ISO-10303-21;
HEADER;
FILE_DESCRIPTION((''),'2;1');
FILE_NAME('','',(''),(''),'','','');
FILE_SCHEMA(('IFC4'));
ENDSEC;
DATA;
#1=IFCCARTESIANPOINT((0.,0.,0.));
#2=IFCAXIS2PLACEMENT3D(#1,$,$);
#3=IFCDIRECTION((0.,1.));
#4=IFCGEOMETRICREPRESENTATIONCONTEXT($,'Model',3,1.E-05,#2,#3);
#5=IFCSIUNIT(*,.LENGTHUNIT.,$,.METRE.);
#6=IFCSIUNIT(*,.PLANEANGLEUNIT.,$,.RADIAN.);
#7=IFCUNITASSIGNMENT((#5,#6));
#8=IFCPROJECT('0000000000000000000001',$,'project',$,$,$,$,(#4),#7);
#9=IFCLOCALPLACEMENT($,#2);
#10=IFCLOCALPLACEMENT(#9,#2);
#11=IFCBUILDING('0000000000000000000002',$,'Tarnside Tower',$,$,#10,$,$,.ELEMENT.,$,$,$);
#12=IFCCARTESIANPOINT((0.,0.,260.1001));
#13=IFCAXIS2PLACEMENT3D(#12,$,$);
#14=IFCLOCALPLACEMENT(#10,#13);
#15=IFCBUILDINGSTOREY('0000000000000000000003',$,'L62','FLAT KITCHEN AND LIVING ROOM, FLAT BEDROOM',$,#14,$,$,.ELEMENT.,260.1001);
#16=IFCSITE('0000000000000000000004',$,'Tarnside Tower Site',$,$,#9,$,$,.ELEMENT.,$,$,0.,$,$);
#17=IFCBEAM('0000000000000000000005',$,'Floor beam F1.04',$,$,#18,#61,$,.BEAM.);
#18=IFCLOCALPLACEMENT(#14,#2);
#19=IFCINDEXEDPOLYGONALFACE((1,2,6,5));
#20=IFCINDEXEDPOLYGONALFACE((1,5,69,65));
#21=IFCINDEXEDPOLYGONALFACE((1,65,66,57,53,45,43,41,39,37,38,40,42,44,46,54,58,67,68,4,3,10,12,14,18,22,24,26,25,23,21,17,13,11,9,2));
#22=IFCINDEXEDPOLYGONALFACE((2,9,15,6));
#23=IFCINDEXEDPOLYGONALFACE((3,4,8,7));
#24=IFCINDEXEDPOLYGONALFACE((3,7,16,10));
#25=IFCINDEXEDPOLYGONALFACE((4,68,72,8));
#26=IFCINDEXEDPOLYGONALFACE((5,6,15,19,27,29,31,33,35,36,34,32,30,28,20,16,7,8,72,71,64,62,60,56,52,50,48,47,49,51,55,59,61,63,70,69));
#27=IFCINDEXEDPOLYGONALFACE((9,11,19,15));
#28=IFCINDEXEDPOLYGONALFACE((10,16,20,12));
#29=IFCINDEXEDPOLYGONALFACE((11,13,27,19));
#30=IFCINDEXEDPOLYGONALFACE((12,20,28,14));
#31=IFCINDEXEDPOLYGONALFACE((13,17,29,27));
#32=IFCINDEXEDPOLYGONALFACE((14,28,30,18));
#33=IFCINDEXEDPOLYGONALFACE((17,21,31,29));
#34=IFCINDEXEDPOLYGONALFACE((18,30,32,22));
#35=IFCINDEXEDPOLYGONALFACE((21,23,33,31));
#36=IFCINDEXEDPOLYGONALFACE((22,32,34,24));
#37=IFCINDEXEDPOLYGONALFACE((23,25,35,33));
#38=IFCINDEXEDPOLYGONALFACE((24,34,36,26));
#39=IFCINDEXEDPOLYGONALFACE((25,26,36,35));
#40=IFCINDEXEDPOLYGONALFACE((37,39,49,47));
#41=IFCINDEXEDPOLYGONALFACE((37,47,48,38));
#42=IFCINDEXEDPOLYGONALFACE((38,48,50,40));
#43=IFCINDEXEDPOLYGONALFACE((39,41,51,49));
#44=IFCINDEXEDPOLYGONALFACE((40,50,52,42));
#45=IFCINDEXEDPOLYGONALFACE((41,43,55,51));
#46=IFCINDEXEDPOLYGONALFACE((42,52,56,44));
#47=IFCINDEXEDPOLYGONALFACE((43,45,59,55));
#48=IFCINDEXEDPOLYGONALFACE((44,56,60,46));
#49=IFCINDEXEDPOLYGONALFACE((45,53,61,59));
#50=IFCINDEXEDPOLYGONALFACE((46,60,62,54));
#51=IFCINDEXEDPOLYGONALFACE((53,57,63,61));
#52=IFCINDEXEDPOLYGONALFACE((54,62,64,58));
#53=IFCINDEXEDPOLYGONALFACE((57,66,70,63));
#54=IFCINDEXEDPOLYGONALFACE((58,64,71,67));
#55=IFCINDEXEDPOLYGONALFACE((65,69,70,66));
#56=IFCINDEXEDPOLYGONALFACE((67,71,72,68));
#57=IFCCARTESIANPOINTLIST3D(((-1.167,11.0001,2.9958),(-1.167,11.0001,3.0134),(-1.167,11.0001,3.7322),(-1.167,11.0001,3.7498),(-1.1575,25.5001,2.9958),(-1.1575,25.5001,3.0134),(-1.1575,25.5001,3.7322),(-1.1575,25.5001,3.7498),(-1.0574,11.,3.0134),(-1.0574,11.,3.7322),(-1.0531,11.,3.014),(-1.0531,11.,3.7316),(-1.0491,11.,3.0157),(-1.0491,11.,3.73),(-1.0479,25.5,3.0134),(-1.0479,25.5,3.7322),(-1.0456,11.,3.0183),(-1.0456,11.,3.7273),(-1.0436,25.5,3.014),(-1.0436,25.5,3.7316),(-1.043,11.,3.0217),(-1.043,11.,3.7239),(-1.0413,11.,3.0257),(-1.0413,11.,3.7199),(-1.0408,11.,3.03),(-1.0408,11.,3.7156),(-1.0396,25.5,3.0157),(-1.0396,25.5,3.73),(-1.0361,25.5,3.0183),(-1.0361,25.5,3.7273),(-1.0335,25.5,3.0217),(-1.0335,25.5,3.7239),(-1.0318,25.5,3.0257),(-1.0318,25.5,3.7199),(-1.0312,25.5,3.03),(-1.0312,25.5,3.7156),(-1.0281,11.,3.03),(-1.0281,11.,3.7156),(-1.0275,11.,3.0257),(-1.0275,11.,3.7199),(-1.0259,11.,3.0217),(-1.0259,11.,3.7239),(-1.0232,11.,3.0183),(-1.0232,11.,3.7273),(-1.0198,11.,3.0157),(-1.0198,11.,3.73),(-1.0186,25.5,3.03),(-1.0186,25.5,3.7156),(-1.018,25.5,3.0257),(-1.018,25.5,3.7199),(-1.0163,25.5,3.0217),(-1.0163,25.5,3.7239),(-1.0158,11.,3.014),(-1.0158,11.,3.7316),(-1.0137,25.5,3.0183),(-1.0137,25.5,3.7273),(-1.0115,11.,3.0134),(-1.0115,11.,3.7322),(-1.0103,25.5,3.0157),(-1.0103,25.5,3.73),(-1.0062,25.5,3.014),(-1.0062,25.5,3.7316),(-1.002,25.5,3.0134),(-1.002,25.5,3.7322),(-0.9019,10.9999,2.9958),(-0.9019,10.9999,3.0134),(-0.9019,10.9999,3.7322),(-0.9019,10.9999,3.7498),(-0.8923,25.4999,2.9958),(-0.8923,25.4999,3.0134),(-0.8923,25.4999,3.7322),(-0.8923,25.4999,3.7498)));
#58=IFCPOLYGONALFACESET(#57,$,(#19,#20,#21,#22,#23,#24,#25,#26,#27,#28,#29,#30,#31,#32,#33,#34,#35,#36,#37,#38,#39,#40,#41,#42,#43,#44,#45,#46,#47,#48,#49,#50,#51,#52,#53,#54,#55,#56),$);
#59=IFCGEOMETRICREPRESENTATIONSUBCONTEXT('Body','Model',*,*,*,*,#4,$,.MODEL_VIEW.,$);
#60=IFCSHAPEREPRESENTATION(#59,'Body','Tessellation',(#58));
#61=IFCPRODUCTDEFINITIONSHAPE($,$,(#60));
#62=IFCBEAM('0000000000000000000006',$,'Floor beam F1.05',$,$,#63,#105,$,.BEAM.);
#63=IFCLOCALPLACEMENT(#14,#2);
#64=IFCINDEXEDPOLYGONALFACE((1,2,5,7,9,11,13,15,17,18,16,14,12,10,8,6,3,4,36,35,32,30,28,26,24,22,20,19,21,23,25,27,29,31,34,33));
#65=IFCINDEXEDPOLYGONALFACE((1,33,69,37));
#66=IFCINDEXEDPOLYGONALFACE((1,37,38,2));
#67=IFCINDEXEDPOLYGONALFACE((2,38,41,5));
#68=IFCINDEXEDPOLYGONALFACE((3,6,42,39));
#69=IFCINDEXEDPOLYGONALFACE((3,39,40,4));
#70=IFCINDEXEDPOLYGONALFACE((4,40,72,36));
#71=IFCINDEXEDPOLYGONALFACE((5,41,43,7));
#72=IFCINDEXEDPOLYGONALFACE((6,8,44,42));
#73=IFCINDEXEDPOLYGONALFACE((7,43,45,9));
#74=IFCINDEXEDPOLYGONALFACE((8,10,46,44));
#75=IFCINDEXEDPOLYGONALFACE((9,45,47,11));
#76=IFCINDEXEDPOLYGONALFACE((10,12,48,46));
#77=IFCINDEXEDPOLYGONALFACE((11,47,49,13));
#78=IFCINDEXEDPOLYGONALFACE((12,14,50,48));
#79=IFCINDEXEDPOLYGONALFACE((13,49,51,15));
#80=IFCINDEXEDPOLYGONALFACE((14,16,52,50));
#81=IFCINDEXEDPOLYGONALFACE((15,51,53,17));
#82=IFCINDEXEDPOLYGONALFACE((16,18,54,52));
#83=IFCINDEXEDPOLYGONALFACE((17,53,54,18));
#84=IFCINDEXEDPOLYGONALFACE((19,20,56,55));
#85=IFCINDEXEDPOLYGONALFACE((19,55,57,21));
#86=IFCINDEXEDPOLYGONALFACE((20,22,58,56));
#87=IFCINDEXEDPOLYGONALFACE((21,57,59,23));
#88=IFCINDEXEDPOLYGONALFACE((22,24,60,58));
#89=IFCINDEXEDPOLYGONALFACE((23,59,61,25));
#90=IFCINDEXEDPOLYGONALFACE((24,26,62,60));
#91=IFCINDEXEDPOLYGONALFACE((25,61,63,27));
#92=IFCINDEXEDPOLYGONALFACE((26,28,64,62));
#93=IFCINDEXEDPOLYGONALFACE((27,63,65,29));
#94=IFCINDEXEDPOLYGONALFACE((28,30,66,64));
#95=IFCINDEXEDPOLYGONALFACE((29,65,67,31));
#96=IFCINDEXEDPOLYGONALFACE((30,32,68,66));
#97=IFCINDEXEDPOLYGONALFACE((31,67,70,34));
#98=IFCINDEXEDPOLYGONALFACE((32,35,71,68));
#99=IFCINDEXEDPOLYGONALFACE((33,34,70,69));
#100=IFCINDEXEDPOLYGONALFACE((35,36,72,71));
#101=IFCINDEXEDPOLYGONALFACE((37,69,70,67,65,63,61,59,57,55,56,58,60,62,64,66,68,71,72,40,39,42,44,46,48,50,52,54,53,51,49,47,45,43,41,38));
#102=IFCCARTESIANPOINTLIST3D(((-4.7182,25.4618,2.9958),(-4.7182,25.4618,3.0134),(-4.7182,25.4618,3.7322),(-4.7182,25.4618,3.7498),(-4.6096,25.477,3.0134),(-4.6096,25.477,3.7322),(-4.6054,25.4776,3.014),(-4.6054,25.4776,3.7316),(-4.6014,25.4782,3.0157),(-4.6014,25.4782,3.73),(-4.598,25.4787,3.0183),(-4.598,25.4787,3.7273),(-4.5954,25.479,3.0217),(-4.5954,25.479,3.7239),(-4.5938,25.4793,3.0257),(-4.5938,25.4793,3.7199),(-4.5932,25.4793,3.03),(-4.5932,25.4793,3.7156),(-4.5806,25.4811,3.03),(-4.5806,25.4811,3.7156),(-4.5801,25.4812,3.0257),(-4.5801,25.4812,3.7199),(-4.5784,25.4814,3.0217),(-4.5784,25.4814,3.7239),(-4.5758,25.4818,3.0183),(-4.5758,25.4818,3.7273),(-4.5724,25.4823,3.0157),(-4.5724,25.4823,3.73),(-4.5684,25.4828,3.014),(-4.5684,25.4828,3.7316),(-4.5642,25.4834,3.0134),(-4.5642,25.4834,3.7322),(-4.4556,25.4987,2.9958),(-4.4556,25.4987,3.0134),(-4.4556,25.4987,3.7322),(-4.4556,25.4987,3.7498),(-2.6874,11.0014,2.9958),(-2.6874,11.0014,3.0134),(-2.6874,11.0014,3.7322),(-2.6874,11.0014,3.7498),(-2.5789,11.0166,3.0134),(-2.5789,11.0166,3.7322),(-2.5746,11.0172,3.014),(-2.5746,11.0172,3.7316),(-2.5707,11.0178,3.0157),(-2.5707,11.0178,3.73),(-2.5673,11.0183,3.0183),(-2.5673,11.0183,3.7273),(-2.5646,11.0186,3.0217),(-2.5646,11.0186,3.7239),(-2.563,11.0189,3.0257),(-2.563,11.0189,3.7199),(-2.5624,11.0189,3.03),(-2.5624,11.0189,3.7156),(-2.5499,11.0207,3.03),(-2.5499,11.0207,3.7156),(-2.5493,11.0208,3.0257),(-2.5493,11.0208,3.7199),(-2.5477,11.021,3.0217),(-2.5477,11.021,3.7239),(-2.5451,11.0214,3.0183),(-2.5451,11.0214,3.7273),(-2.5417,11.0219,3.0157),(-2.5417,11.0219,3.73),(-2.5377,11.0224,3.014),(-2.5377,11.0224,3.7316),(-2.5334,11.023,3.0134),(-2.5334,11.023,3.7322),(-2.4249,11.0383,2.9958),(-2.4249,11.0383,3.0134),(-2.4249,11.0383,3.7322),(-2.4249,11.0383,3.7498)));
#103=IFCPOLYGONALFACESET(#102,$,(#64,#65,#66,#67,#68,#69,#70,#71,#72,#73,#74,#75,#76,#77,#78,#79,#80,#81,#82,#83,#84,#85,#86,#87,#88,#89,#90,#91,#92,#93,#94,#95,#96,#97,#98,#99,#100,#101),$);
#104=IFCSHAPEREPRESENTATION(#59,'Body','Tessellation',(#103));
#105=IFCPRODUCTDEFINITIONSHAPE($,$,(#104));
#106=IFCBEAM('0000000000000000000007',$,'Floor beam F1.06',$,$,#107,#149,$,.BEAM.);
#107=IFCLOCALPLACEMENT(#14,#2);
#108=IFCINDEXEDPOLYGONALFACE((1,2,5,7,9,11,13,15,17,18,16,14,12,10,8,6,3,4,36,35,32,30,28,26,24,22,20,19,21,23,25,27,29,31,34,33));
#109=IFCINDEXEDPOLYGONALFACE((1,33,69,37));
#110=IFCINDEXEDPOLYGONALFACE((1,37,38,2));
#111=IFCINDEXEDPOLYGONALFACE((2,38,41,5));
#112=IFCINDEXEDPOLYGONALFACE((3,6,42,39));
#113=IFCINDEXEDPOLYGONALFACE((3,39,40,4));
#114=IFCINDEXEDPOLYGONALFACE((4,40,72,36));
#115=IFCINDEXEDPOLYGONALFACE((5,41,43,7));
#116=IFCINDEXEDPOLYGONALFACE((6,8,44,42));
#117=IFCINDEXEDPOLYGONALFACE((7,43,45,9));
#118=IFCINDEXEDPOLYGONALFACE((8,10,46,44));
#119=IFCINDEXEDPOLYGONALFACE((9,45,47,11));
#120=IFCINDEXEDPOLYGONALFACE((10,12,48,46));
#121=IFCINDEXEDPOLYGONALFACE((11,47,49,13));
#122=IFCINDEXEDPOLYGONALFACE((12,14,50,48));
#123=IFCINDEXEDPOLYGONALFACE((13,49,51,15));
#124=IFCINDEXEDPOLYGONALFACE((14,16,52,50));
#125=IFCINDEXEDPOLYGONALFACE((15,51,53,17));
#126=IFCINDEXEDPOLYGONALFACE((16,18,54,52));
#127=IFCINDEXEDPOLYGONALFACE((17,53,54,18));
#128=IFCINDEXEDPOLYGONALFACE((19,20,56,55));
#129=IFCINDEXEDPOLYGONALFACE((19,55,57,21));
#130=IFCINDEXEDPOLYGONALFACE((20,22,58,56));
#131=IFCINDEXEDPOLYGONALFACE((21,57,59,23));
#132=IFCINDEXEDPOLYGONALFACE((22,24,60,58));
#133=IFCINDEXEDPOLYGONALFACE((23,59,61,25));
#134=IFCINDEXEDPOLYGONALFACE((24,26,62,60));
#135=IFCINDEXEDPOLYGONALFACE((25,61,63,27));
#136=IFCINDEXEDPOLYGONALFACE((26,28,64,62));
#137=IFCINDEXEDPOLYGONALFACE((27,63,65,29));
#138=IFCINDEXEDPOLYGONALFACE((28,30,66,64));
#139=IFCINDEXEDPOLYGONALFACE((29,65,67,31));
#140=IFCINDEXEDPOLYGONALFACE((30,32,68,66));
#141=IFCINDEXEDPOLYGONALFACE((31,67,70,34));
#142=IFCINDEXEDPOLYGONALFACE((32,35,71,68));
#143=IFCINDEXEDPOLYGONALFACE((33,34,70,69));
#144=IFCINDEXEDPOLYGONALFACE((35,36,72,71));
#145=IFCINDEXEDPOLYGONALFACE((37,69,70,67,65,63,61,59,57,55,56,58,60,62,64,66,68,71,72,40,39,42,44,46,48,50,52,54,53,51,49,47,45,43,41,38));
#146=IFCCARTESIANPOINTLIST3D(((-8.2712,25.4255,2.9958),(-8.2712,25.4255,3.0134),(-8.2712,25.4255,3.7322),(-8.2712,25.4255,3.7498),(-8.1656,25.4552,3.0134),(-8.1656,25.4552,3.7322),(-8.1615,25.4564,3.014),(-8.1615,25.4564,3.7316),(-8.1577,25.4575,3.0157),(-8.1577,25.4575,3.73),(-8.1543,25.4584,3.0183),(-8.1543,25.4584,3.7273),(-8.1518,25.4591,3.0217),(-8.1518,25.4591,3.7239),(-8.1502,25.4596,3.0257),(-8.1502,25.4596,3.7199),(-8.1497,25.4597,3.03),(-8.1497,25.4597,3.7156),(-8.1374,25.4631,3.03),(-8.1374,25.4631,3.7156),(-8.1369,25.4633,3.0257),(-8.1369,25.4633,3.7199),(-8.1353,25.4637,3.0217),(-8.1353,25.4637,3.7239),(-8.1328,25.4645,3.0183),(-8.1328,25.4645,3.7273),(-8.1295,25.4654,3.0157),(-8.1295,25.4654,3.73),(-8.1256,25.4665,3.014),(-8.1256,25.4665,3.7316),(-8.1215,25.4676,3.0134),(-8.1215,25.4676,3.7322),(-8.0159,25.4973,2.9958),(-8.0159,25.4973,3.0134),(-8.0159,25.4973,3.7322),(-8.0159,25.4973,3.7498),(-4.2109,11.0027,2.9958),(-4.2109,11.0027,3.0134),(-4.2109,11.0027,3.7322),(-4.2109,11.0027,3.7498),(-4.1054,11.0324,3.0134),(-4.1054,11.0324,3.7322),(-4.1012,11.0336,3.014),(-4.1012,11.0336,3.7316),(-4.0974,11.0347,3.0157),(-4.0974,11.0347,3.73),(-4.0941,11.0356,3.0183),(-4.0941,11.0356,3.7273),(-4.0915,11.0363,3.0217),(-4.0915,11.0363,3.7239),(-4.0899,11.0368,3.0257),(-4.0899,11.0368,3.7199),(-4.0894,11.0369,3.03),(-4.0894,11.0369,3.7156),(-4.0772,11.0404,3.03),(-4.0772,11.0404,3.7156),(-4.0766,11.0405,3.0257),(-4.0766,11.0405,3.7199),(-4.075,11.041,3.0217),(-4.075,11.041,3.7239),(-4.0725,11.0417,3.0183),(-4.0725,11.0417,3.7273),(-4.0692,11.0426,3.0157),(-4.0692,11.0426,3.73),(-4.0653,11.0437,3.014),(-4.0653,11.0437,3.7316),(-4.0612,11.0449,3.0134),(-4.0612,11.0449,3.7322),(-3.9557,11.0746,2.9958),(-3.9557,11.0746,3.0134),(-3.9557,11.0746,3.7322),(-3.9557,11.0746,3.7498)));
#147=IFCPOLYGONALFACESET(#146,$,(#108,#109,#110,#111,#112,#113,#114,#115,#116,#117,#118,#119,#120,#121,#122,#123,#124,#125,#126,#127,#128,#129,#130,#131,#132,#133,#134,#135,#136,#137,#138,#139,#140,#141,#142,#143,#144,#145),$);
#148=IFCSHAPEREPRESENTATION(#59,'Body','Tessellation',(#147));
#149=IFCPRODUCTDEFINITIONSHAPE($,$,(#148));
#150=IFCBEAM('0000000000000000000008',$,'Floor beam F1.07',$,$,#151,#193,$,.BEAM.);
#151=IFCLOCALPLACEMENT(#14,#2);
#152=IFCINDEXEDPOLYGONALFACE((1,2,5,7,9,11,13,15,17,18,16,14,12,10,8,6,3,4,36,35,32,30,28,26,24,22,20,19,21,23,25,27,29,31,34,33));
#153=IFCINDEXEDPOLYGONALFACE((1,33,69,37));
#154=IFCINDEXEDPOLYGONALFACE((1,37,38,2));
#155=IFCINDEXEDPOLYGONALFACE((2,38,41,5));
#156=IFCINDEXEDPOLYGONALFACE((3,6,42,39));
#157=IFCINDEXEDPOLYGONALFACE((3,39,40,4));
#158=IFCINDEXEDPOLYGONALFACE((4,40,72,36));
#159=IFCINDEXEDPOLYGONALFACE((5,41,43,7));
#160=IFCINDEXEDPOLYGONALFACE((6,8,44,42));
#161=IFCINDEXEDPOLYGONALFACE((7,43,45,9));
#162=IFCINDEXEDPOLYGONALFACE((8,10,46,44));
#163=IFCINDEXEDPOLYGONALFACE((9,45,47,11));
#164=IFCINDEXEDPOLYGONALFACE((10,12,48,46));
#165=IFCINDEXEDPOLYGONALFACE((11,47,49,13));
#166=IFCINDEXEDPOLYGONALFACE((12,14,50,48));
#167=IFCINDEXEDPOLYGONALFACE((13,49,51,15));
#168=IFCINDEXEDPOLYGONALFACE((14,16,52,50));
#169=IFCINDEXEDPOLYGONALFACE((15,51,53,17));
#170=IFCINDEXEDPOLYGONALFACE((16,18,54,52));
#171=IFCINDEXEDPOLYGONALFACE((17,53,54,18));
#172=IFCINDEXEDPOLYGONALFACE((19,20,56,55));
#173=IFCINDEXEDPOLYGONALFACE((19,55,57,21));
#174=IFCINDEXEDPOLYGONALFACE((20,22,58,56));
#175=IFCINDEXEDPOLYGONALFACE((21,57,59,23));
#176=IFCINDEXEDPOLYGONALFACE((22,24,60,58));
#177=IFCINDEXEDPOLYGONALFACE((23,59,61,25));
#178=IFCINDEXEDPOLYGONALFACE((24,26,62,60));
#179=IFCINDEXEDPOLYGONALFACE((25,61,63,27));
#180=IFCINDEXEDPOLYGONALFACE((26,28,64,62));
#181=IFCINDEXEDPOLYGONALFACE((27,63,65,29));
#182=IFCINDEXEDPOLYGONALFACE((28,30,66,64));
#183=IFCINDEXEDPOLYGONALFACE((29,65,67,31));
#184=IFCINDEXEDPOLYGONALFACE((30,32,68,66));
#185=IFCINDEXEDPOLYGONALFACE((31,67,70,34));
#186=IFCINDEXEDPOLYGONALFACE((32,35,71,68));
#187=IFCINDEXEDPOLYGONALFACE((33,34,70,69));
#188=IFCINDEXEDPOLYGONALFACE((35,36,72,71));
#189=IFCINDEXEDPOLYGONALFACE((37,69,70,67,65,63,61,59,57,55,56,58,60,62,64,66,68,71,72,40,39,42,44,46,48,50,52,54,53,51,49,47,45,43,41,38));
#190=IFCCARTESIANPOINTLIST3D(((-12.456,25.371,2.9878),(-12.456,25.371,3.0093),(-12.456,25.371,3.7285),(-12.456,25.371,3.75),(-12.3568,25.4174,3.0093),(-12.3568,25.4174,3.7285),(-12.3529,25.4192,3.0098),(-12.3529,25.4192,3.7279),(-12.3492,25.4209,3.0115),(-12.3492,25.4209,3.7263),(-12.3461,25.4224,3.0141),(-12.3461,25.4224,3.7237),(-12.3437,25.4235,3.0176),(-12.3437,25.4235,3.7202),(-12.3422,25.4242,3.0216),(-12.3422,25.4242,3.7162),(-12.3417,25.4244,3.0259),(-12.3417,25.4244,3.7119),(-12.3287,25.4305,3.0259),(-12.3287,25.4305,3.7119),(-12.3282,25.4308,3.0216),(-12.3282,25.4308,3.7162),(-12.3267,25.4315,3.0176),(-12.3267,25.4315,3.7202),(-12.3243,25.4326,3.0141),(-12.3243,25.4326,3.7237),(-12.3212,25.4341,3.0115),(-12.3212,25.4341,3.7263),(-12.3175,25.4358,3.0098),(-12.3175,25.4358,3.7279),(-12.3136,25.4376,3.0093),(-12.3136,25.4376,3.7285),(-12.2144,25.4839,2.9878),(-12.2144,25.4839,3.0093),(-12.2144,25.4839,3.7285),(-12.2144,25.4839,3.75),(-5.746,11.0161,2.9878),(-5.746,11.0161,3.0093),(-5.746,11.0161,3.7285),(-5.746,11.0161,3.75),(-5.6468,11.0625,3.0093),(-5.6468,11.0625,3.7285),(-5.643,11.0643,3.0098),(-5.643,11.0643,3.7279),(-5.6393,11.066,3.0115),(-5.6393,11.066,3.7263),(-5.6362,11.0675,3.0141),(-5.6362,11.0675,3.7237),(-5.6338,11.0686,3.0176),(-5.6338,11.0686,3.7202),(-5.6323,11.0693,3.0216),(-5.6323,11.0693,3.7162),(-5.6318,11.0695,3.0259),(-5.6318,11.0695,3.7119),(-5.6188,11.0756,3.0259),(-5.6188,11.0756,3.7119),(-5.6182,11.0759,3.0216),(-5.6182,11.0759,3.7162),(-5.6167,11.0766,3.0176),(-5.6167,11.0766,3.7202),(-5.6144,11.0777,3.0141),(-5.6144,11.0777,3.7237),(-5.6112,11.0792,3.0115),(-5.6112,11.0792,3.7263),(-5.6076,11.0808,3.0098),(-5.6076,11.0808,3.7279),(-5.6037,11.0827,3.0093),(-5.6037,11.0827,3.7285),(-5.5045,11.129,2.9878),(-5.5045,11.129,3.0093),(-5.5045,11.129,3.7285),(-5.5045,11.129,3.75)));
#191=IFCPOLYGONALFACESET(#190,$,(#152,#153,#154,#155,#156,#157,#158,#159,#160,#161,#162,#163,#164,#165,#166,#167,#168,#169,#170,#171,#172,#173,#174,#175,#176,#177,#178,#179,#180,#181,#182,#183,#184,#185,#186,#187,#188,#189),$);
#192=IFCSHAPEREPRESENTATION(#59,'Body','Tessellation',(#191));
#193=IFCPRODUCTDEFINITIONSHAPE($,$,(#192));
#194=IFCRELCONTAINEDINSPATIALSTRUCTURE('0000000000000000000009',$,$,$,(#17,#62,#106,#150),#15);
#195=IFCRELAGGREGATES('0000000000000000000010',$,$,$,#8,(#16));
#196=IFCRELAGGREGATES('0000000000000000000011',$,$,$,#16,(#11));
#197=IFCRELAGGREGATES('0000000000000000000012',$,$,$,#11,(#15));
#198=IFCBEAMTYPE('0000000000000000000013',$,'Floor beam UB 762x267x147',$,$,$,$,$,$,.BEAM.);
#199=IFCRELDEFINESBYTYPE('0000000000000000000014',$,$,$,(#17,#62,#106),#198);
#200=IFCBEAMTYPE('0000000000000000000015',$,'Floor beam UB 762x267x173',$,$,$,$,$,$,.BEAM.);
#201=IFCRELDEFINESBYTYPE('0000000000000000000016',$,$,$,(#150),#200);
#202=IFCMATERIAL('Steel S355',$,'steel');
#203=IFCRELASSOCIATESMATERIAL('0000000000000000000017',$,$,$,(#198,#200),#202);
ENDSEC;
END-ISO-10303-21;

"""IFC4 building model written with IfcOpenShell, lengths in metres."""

from ifc_helpers import new_model, si_unit, direction, frame, origin, origin_2d, place, context, subcontext, project, spatial, i_section, extrude, material, material_profile, profile_set, type_object, element, save


model = new_model("IFC4")

# Units and contexts
model_context = context("Model", 3, precision=1e-05, world=origin(), true_north=direction((0.0, 1.0)))
body_context = subcontext(model_context, "Body", "Model", "MODEL_VIEW")
ifc_project = project(units=[si_unit("LENGTHUNIT", "METRE"), si_unit("PLANEANGLEUNIT", "RADIAN")], contexts=[model_context])

# Site, building, storey
site_placement = place(None, origin())
site = spatial("IfcSite", under=ifc_project, at=site_placement, Name="Tarnside Tower Site", CompositionType="ELEMENT", RefElevation=0.0)
building_placement = place(site_placement, origin())
building = spatial("IfcBuilding", under=site, at=building_placement, Name="Tarnside Tower", CompositionType="ELEMENT")
storey_placement = place(building_placement, frame((0.0, 0.0, 260.1001)))
storey = spatial("IfcBuildingStorey", under=building, at=storey_placement, Name="L62", Description="FLAT KITCHEN AND LIVING ROOM, FLAT BEDROOM", CompositionType="ELEMENT", Elevation=260.1001)

# Beams
ifc_material_1 = material(Name="Steel S355", Category="steel")
ifc_material_profile_1 = material_profile(ifc_material_1, i_section(OverallWidth=0.2651, OverallDepth=0.7539, WebThickness=0.0127, FlangeThickness=0.0176, FilletRadius=0.0166, at=origin_2d()), Name="UB 762x267x147")
ifc_profile_set_1 = profile_set([ifc_material_profile_1], Name="Steel S355")
beam_type_1 = type_object("IfcBeamType", Name="Floor beam UB 762x267x147", PredefinedType="BEAM", material=ifc_profile_set_1)
beam_1_placement = place(storey_placement, frame((-1.0249, 25.5, 3.3728), z_axis=(-0.000657, -1.0, 0.0), x_axis=(1.0, -0.000657, 0.0)))
element("IfcBeam", 1, at=beam_1_placement, inside=storey, type_object=beam_type_1, Name="Floor beam F1.04", PredefinedType="BEAM", context=body_context, shape_type="SweptSolid", body=[
    extrude(i_section(OverallWidth=0.2651, OverallDepth=0.7539, WebThickness=0.0127, FlangeThickness=0.0176, FilletRadius=0.0166, at=origin_2d()), origin(), (0.0, 0.0, 1.0), 14.5),
])
beam_2_placement = place(storey_placement, frame((-4.5869, 25.4802, 3.3728), z_axis=(0.139071, -0.990282, 0.0), x_axis=(0.990282, 0.139071, 0.0)))
element("IfcBeam", 2, at=beam_2_placement, inside=storey, type_object=beam_type_1, Name="Floor beam F1.05", PredefinedType="BEAM", context=body_context, shape_type="SweptSolid", body=[
    extrude(i_section(OverallWidth=0.2651, OverallDepth=0.7539, WebThickness=0.0127, FlangeThickness=0.0176, FilletRadius=0.0166, at=origin_2d()), origin(), (0.0, 0.0, 1.0), 14.6023),
])
beam_3_placement = place(storey_placement, frame((-8.1436, 25.4614, 3.3728), z_axis=(0.270985, -0.962583, 0.0), x_axis=(0.962583, 0.270985, 0.0)))
element("IfcBeam", 3, at=beam_3_placement, inside=storey, type_object=beam_type_1, Name="Floor beam F1.06", PredefinedType="BEAM", context=body_context, shape_type="SweptSolid", body=[
    extrude(i_section(OverallWidth=0.2651, OverallDepth=0.7539, WebThickness=0.0127, FlangeThickness=0.0176, FilletRadius=0.0166, at=origin_2d()), origin(), (0.0, 0.0, 1.0), 14.9834),
])
ifc_material_profile_2 = material_profile(ifc_material_1, i_section(OverallWidth=0.2666, OverallDepth=0.7622, WebThickness=0.0144, FlangeThickness=0.0215, FilletRadius=0.0166, at=origin_2d()), Name="UB 762x267x173")
ifc_profile_set_2 = profile_set([ifc_material_profile_2], Name="Steel S355")
beam_type_2 = type_object("IfcBeamType", Name="Floor beam UB 762x267x173", PredefinedType="BEAM", material=ifc_profile_set_2)
beam_4_placement = place(storey_placement, frame((-12.3352, 25.4275, 3.3689), z_axis=(0.423454, -0.905918, 0.0), x_axis=(0.905918, 0.423454, 0.0)))
element("IfcBeam", 4, at=beam_4_placement, inside=storey, type_object=beam_type_2, Name="Floor beam F1.07", PredefinedType="BEAM", context=body_context, shape_type="SweptSolid", body=[
    extrude(i_section(OverallWidth=0.2666, OverallDepth=0.7622, WebThickness=0.0144, FlangeThickness=0.0215, FilletRadius=0.0166, at=origin_2d()), origin(), (0.0, 0.0, 1.0), 15.8457),
])

save(model, "model.ifc")
